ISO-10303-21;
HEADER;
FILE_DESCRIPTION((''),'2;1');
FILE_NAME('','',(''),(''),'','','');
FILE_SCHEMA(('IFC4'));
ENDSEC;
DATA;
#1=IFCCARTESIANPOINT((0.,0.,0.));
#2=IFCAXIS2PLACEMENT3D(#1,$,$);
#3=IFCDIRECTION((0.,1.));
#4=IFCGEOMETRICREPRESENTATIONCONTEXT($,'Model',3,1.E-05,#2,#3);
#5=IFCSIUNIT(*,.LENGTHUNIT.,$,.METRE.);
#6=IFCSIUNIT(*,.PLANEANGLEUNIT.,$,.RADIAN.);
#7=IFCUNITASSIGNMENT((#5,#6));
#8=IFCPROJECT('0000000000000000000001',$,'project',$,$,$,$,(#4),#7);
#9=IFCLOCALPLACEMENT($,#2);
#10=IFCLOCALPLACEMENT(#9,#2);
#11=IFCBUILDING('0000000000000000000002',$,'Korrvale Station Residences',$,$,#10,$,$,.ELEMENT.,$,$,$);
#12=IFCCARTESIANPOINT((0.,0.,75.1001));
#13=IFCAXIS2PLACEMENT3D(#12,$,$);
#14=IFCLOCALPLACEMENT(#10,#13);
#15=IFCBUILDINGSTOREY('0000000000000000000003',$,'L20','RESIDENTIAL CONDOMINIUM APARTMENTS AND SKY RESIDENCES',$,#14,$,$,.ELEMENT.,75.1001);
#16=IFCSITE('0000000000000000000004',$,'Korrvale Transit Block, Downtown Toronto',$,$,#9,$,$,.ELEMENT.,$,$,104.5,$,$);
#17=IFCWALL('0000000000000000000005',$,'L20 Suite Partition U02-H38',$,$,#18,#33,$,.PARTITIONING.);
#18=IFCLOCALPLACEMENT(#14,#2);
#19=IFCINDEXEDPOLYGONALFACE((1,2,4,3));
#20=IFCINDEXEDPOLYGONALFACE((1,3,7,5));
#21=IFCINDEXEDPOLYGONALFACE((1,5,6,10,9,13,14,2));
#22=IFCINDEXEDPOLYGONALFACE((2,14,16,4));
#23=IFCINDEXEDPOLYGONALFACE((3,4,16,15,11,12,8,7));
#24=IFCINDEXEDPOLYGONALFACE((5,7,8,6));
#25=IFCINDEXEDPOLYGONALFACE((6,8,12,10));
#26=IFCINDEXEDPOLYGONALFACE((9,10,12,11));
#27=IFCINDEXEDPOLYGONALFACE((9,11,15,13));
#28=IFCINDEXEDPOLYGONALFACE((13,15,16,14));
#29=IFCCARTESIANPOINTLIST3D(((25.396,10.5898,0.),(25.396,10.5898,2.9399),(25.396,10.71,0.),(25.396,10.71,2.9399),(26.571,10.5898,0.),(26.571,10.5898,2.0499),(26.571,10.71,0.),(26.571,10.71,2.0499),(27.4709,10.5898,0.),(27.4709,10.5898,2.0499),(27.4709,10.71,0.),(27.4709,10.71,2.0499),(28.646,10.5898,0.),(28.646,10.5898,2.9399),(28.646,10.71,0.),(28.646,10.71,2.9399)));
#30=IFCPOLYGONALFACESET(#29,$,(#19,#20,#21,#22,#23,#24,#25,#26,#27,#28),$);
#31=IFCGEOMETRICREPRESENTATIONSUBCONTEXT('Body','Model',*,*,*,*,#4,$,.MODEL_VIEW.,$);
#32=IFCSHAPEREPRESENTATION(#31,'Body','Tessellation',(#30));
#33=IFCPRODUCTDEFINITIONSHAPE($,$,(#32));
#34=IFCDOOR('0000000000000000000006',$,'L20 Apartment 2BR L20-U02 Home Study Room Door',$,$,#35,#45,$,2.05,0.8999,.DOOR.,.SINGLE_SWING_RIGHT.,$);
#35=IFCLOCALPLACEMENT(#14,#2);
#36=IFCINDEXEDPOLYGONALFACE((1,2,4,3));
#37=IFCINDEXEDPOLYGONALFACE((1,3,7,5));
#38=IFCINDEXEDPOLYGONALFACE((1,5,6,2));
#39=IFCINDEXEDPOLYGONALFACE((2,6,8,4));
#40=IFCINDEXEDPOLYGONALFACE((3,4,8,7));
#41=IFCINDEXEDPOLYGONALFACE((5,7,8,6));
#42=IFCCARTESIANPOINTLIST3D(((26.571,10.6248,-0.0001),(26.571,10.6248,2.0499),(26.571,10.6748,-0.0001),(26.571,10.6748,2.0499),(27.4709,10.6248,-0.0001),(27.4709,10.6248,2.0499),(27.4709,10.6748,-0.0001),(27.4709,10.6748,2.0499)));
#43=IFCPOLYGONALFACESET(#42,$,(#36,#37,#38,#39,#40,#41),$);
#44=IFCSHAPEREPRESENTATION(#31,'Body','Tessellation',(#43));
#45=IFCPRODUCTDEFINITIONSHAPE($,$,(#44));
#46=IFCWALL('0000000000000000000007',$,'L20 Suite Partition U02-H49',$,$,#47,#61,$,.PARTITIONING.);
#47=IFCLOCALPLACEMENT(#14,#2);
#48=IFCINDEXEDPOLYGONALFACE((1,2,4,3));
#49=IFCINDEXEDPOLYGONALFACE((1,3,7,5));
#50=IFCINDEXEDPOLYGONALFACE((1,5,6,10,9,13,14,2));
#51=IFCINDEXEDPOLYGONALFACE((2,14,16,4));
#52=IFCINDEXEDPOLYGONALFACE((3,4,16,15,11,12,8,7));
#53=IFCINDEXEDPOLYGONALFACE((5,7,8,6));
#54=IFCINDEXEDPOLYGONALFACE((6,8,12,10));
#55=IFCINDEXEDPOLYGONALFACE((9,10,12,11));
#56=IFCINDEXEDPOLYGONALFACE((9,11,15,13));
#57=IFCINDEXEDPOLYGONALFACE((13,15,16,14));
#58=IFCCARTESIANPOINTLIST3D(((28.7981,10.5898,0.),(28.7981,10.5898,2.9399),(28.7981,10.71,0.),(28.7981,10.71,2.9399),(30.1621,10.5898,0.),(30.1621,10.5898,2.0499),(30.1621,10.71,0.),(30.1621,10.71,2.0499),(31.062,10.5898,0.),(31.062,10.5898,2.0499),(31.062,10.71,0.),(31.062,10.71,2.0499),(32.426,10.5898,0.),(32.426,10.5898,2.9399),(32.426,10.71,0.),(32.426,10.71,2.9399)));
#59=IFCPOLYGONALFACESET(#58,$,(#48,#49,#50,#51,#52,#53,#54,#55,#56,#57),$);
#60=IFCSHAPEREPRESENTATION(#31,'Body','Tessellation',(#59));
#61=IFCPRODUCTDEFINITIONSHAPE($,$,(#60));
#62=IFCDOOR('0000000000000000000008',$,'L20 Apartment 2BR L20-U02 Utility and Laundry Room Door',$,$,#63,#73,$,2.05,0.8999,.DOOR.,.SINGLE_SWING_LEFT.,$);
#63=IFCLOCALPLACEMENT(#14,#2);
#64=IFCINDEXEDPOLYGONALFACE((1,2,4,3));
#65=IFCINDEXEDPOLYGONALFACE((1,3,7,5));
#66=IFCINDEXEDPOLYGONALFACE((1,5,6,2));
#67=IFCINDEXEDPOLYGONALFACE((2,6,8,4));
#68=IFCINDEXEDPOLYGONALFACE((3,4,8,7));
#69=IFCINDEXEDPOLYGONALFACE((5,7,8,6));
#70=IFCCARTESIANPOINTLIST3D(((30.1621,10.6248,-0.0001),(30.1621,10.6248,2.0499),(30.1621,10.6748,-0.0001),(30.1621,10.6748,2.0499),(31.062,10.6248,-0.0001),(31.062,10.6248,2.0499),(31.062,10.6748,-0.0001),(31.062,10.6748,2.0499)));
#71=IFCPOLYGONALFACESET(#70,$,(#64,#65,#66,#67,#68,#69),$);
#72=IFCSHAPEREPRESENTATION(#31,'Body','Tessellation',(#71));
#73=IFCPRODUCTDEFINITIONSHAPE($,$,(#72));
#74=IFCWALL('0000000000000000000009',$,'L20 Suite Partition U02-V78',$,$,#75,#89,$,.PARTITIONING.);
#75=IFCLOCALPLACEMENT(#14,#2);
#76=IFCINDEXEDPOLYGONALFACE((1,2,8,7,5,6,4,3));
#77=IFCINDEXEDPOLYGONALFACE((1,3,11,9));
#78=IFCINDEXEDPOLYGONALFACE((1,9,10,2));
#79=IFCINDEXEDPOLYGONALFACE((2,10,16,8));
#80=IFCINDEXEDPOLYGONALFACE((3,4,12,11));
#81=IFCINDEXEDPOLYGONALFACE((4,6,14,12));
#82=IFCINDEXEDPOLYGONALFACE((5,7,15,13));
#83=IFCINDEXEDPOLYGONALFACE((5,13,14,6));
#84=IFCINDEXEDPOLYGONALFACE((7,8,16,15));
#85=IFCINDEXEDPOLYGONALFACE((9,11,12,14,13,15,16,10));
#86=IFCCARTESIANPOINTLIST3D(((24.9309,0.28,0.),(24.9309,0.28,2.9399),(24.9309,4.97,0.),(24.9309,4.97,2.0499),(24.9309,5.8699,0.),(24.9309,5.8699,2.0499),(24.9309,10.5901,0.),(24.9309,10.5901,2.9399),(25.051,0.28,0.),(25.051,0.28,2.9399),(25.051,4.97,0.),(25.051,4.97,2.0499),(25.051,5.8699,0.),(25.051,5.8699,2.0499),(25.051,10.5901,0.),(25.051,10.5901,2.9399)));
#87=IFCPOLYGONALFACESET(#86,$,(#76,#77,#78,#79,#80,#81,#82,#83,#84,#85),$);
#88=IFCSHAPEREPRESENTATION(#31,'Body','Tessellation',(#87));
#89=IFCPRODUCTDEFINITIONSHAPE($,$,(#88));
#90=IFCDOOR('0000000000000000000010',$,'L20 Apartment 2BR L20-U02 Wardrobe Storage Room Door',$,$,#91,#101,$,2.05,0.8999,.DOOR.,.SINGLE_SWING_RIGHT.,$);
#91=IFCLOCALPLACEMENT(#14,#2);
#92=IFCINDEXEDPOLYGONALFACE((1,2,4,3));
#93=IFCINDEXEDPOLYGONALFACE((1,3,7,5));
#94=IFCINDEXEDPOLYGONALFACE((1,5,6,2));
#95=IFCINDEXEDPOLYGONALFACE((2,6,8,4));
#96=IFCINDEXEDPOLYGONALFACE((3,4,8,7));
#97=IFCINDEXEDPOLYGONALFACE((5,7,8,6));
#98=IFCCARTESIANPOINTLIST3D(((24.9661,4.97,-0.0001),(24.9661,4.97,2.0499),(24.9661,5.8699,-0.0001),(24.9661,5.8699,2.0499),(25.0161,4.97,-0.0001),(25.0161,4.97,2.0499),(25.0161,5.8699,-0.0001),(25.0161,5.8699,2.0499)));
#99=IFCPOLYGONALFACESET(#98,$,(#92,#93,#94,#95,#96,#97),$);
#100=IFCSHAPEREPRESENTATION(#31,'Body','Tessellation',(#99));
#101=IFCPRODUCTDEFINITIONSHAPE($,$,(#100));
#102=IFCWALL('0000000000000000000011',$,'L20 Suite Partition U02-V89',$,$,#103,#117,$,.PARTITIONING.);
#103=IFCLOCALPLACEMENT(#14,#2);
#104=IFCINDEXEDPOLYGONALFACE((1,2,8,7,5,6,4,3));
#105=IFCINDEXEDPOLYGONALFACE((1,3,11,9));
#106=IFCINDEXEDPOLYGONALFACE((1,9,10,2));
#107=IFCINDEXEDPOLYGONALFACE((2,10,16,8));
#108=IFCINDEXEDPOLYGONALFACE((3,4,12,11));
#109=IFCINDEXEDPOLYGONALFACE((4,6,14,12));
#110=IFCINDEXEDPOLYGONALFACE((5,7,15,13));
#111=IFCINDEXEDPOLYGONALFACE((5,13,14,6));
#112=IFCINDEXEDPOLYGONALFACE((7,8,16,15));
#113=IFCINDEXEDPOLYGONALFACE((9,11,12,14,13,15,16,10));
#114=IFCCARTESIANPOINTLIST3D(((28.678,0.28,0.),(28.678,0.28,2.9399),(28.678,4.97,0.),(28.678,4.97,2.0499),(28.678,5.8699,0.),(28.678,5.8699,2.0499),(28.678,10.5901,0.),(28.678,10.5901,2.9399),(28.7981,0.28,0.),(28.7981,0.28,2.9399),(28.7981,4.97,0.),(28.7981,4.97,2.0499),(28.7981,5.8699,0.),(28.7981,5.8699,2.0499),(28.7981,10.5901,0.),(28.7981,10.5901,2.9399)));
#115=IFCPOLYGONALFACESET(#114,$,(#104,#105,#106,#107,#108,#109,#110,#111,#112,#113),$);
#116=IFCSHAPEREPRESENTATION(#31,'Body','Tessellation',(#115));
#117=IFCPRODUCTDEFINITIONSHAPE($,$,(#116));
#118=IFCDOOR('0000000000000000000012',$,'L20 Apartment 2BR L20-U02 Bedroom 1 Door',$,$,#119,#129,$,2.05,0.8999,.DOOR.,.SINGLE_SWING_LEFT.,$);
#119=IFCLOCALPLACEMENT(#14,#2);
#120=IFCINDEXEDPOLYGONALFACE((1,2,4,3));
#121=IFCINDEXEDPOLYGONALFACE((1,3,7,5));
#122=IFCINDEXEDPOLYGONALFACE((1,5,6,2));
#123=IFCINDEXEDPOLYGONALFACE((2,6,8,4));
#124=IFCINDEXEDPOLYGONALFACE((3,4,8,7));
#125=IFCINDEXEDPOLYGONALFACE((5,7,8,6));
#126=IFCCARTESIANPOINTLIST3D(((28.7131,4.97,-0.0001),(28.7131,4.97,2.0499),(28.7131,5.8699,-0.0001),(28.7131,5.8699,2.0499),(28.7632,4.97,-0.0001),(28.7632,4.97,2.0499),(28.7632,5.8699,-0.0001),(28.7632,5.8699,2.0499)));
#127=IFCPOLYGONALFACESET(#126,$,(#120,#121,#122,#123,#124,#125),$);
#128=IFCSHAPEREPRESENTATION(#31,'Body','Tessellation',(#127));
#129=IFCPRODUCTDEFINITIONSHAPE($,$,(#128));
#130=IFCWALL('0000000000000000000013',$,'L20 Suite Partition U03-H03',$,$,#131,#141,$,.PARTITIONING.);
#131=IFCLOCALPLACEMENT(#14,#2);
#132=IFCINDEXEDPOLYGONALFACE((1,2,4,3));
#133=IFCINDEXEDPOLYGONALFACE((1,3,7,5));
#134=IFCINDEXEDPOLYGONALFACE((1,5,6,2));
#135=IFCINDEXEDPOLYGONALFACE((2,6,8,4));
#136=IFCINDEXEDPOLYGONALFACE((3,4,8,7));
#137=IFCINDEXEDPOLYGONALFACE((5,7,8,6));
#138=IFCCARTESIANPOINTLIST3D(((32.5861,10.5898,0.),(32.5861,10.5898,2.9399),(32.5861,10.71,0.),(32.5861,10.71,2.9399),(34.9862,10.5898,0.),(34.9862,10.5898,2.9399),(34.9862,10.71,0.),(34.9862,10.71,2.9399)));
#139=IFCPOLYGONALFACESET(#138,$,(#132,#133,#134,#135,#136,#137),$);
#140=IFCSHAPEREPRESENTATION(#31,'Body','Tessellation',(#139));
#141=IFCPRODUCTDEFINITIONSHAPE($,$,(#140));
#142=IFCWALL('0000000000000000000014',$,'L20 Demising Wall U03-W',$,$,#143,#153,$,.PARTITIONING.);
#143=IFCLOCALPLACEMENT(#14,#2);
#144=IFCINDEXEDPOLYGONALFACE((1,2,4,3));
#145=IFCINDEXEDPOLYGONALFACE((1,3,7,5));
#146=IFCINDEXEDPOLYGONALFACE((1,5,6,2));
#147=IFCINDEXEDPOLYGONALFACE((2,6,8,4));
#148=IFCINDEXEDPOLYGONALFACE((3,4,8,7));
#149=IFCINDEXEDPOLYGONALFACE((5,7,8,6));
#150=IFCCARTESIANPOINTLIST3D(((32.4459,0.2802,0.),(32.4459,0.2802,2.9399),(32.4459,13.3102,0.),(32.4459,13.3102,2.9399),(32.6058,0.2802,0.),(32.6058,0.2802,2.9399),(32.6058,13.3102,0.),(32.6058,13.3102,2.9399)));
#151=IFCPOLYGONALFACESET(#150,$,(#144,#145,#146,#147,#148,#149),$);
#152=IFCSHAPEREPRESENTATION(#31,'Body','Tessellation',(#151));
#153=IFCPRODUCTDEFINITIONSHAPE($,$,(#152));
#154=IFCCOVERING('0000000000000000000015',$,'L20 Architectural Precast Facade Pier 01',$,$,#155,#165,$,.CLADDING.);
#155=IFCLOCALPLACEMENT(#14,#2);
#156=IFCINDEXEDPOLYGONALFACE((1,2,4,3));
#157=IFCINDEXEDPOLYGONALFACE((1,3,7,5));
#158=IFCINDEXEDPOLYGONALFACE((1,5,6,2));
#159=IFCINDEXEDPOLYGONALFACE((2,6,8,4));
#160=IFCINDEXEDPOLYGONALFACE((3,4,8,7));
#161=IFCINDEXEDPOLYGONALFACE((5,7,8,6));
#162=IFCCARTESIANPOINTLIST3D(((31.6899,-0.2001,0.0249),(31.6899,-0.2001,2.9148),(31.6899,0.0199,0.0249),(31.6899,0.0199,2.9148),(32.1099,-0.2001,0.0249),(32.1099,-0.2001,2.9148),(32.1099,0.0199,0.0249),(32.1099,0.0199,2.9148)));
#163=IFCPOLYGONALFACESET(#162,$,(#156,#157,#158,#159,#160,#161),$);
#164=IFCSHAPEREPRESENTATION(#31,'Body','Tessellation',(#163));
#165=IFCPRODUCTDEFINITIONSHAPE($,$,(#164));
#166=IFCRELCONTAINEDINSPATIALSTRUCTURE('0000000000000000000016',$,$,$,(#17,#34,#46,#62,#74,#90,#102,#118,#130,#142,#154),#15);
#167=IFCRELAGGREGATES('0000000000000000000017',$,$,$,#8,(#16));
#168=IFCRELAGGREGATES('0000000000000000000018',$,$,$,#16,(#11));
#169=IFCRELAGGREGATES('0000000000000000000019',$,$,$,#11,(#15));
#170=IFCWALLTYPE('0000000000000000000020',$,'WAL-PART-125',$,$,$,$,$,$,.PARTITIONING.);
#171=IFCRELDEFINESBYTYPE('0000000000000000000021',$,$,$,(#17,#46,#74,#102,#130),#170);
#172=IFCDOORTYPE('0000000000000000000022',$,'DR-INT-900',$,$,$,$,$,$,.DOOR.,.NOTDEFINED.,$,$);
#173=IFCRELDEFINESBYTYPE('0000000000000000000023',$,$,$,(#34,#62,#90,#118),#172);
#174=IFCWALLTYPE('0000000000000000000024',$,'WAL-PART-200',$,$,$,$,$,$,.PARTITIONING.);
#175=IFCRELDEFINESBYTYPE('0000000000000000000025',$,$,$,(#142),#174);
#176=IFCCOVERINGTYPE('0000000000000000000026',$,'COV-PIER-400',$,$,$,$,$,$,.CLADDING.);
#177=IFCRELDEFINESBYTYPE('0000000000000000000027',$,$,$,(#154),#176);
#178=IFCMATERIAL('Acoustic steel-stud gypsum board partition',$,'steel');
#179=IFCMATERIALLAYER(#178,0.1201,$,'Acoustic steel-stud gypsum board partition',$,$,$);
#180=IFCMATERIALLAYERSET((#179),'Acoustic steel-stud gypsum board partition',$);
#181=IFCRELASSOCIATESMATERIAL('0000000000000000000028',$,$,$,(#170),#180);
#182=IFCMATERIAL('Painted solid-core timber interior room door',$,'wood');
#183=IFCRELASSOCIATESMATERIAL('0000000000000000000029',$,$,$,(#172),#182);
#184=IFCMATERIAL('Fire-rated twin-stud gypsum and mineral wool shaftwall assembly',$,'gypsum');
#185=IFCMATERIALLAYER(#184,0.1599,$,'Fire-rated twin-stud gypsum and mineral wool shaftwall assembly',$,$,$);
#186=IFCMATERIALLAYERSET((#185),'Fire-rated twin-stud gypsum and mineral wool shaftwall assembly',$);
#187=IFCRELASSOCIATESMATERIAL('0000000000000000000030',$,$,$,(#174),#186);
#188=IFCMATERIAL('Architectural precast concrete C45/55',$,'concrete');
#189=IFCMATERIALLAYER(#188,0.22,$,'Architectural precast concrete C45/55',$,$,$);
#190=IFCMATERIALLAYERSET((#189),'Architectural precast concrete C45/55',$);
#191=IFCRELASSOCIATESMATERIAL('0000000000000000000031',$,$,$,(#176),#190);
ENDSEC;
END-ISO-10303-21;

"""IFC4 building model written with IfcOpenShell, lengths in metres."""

from ifc_helpers import new_model, si_unit, direction, frame, frame_2d, origin, origin_2d, place, context, subcontext, project, spatial, rectangle, extrude, material, layer, layer_set, type_object, element, fill, save


model = new_model("IFC4")

# Units and contexts
model_context = context("Model", 3, precision=1e-05, world=origin(), true_north=direction((0.0, 1.0)))
body_context = subcontext(model_context, "Body", "Model", "MODEL_VIEW")
ifc_project = project(units=[si_unit("LENGTHUNIT", "METRE"), si_unit("PLANEANGLEUNIT", "RADIAN")], contexts=[model_context])

# Site, building, storey
site_placement = place(None, origin())
site = spatial("IfcSite", under=ifc_project, at=site_placement, Name="Korrvale Transit Block, Downtown Toronto", CompositionType="ELEMENT", RefElevation=104.5)
building_placement = place(site_placement, origin())
building = spatial("IfcBuilding", under=site, at=building_placement, Name="Korrvale Station Residences", CompositionType="ELEMENT")
storey_placement = place(building_placement, frame((0.0, 0.0, 75.1001)))
storey = spatial("IfcBuildingStorey", under=building, at=storey_placement, Name="L20", Description="RESIDENTIAL CONDOMINIUM APARTMENTS AND SKY RESIDENCES", CompositionType="ELEMENT", Elevation=75.1001)

# Walls, openings, doors
ifc_material_1 = material(Name="Acoustic steel-stud gypsum board partition", Category="steel")
ifc_layer_1 = layer(ifc_material_1, 0.1201, Name="Acoustic steel-stud gypsum board partition")
ifc_layer_set_1 = layer_set([ifc_layer_1], Name="Acoustic steel-stud gypsum board partition")
wall_type_1 = type_object("IfcWallType", Name="WAL-PART-125", PredefinedType="PARTITIONING", material=ifc_layer_set_1)
ifc_material_2 = material(Name="Painted solid-core timber interior room door", Category="wood")
door_type = type_object("IfcDoorType", Name="DR-INT-900", OperationType="NOTDEFINED", PredefinedType="DOOR", material=ifc_material_2)
wall_1_placement = place(storey_placement, frame((25.396, 10.6499, 0.0), z_axis=(0.0, 0.0, 1.0), x_axis=(1.0, 0.0, 0.0)))
wall_1 = element("IfcWall", 1, at=wall_1_placement, inside=storey, type_object=wall_type_1, Name="L20 Suite Partition U02-H38", PredefinedType="PARTITIONING", context=body_context, shape_type="SweptSolid", body=[
    extrude(rectangle(XDim=3.25, YDim=0.1201, at=frame_2d((1.625, 0.0))), origin(), (0.0, 0.0, 1.0), 2.9399),
])
opening_1_placement = place(wall_1_placement, frame((1.175, 0.0, 0.0)))
opening_1 = element("IfcOpeningElement", 2, at=opening_1_placement, cuts=wall_1, PredefinedType="OPENING", context=body_context, shape_type="SweptSolid", body=[
    extrude(rectangle(XDim=0.8999, YDim=2.05, at=frame_2d((0.45, 1.0249))), frame((0.0, 0.0701, 0.0), z_axis=(0.0, -1.0, 0.0), x_axis=(1.0, 0.0, 0.0)), (0.0, 0.0, 1.0), 0.1401),
])
door_1_placement = place(opening_1_placement, origin())
door_1 = element("IfcDoor", 3, at=door_1_placement, inside=storey, type_object=door_type, Name="L20 Apartment 2BR L20-U02 Home Study Room Door", OperationType="SINGLE_SWING_RIGHT", OverallHeight=2.05, OverallWidth=0.8999, PredefinedType="DOOR", context=body_context, shape_type="SweptSolid", body=[
    extrude(rectangle(XDim=0.8999, YDim=2.05, at=frame_2d((0.45, 1.0249))), frame((0.0, 0.0249, 0.0), z_axis=(0.0, -1.0, 0.0), x_axis=(1.0, 0.0, 0.0)), (0.0, 0.0, 1.0), 0.05),
])
fill(opening_1, door_1)
wall_2_placement = place(storey_placement, frame((28.7981, 10.6499, 0.0), z_axis=(0.0, 0.0, 1.0), x_axis=(1.0, 0.0, 0.0)))
wall_2 = element("IfcWall", 4, at=wall_2_placement, inside=storey, type_object=wall_type_1, Name="L20 Suite Partition U02-H49", PredefinedType="PARTITIONING", context=body_context, shape_type="SweptSolid", body=[
    extrude(rectangle(XDim=3.6279, YDim=0.1201, at=frame_2d((1.814, 0.0))), origin(), (0.0, 0.0, 1.0), 2.9399),
])
opening_2_placement = place(wall_2_placement, frame((1.364, 0.0, 0.0)))
opening_2 = element("IfcOpeningElement", 5, at=opening_2_placement, cuts=wall_2, PredefinedType="OPENING", context=body_context, shape_type="SweptSolid", body=[
    extrude(rectangle(XDim=0.8999, YDim=2.05, at=frame_2d((0.45, 1.0249))), frame((0.0, 0.0701, 0.0), z_axis=(0.0, -1.0, 0.0), x_axis=(1.0, 0.0, 0.0)), (0.0, 0.0, 1.0), 0.1401),
])
door_2_placement = place(opening_2_placement, origin())
door_2 = element("IfcDoor", 6, at=door_2_placement, inside=storey, type_object=door_type, Name="L20 Apartment 2BR L20-U02 Utility and Laundry Room Door", OperationType="SINGLE_SWING_LEFT", OverallHeight=2.05, OverallWidth=0.8999, PredefinedType="DOOR", context=body_context, shape_type="SweptSolid", body=[
    extrude(rectangle(XDim=0.8999, YDim=2.05, at=frame_2d((0.45, 1.0249))), frame((0.0, 0.0249, 0.0), z_axis=(0.0, -1.0, 0.0), x_axis=(1.0, 0.0, 0.0)), (0.0, 0.0, 1.0), 0.05),
])
fill(opening_2, door_2)
wall_3_placement = place(storey_placement, frame((24.991, 0.28, 0.0), z_axis=(0.0, 0.0, 1.0), x_axis=(0.0, 1.0, 0.0)))
wall_3 = element("IfcWall", 7, at=wall_3_placement, inside=storey, type_object=wall_type_1, Name="L20 Suite Partition U02-V78", PredefinedType="PARTITIONING", context=body_context, shape_type="SweptSolid", body=[
    extrude(rectangle(XDim=10.3101, YDim=0.1201, at=frame_2d((5.155, 0.0))), origin(), (0.0, 0.0, 1.0), 2.9399),
])
opening_3_placement = place(wall_3_placement, frame((4.6899, 0.0, 0.0)))
opening_3 = element("IfcOpeningElement", 8, at=opening_3_placement, cuts=wall_3, PredefinedType="OPENING", context=body_context, shape_type="SweptSolid", body=[
    extrude(rectangle(XDim=0.8999, YDim=2.05, at=frame_2d((0.45, 1.0249))), frame((0.0, 0.0701, 0.0), z_axis=(0.0, -1.0, 0.0), x_axis=(1.0, 0.0, 0.0)), (0.0, 0.0, 1.0), 0.1401),
])
door_3_placement = place(opening_3_placement, origin())
door_3 = element("IfcDoor", 9, at=door_3_placement, inside=storey, type_object=door_type, Name="L20 Apartment 2BR L20-U02 Wardrobe Storage Room Door", OperationType="SINGLE_SWING_RIGHT", OverallHeight=2.05, OverallWidth=0.8999, PredefinedType="DOOR", context=body_context, shape_type="SweptSolid", body=[
    extrude(rectangle(XDim=0.8999, YDim=2.05, at=frame_2d((0.45, 1.0249))), frame((0.0, 0.0249, 0.0), z_axis=(0.0, -1.0, 0.0), x_axis=(1.0, 0.0, 0.0)), (0.0, 0.0, 1.0), 0.05),
])
fill(opening_3, door_3)
wall_4_placement = place(storey_placement, frame((28.738, 0.28, 0.0), z_axis=(0.0, 0.0, 1.0), x_axis=(0.0, 1.0, 0.0)))
wall_4 = element("IfcWall", 10, at=wall_4_placement, inside=storey, type_object=wall_type_1, Name="L20 Suite Partition U02-V89", PredefinedType="PARTITIONING", context=body_context, shape_type="SweptSolid", body=[
    extrude(rectangle(XDim=10.3101, YDim=0.1201, at=frame_2d((5.155, 0.0))), origin(), (0.0, 0.0, 1.0), 2.9399),
])
opening_4_placement = place(wall_4_placement, frame((4.6899, 0.0, 0.0)))
opening_4 = element("IfcOpeningElement", 11, at=opening_4_placement, cuts=wall_4, PredefinedType="OPENING", context=body_context, shape_type="SweptSolid", body=[
    extrude(rectangle(XDim=0.8999, YDim=2.05, at=frame_2d((0.45, 1.0249))), frame((0.0, 0.0701, 0.0), z_axis=(0.0, -1.0, 0.0), x_axis=(1.0, 0.0, 0.0)), (0.0, 0.0, 1.0), 0.1401),
])
door_4_placement = place(opening_4_placement, origin())
door_4 = element("IfcDoor", 12, at=door_4_placement, inside=storey, type_object=door_type, Name="L20 Apartment 2BR L20-U02 Bedroom 1 Door", OperationType="SINGLE_SWING_LEFT", OverallHeight=2.05, OverallWidth=0.8999, PredefinedType="DOOR", context=body_context, shape_type="SweptSolid", body=[
    extrude(rectangle(XDim=0.8999, YDim=2.05, at=frame_2d((0.45, 1.0249))), frame((0.0, 0.0249, 0.0), z_axis=(0.0, -1.0, 0.0), x_axis=(1.0, 0.0, 0.0)), (0.0, 0.0, 1.0), 0.05),
])
fill(opening_4, door_4)

# Walls
wall_5_placement = place(storey_placement, frame((32.5859, 10.6499, 0.0), z_axis=(0.0, 0.0, 1.0), x_axis=(1.0, 0.0, 0.0)))
element("IfcWall", 13, at=wall_5_placement, inside=storey, type_object=wall_type_1, Name="L20 Suite Partition U03-H03", PredefinedType="PARTITIONING", context=body_context, shape_type="SweptSolid", body=[
    extrude(rectangle(XDim=2.4001, YDim=0.1201, at=frame_2d((1.2002, 0.0))), origin(), (0.0, 0.0, 1.0), 2.9399),
])
ifc_material_3 = material(Name="Fire-rated twin-stud gypsum and mineral wool shaftwall assembly", Category="gypsum")
ifc_layer_2 = layer(ifc_material_3, 0.1599, Name="Fire-rated twin-stud gypsum and mineral wool shaftwall assembly")
ifc_layer_set_2 = layer_set([ifc_layer_2], Name="Fire-rated twin-stud gypsum and mineral wool shaftwall assembly")
wall_type_2 = type_object("IfcWallType", Name="WAL-PART-200", PredefinedType="PARTITIONING", material=ifc_layer_set_2)
wall_6_placement = place(storey_placement, frame((32.5259, 0.28, 0.0), z_axis=(0.0, 0.0, 1.0), x_axis=(0.0, 1.0, 0.0)))
element("IfcWall", 14, at=wall_6_placement, inside=storey, type_object=wall_type_2, Name="L20 Demising Wall U03-W", PredefinedType="PARTITIONING", context=body_context, shape_type="SweptSolid", body=[
    extrude(rectangle(XDim=13.03, YDim=0.1599, at=frame_2d((6.5151, 0.0))), origin(), (0.0, 0.0, 1.0), 2.9399),
])

# Covering
ifc_material_4 = material(Name="Architectural precast concrete C45/55", Category="concrete")
ifc_layer_3 = layer(ifc_material_4, 0.22, Name="Architectural precast concrete C45/55")
ifc_layer_set_3 = layer_set([ifc_layer_3], Name="Architectural precast concrete C45/55")
covering_type = type_object("IfcCoveringType", Name="COV-PIER-400", PredefinedType="CLADDING", material=ifc_layer_set_3)
covering_placement = place(storey_placement, frame((31.8999, -0.0901, 0.0249), z_axis=(0.0, 0.0, 1.0), x_axis=(1.0, 0.0, 0.0)))
element("IfcCovering", 15, at=covering_placement, inside=storey, type_object=covering_type, Name="L20 Architectural Precast Facade Pier 01", PredefinedType="CLADDING", context=body_context, shape_type="SweptSolid", body=[
    extrude(rectangle(XDim=0.4199, YDim=0.22, at=origin_2d()), origin(), (0.0, 0.0, 1.0), 2.8899),
])

save(model, "model.ifc")
